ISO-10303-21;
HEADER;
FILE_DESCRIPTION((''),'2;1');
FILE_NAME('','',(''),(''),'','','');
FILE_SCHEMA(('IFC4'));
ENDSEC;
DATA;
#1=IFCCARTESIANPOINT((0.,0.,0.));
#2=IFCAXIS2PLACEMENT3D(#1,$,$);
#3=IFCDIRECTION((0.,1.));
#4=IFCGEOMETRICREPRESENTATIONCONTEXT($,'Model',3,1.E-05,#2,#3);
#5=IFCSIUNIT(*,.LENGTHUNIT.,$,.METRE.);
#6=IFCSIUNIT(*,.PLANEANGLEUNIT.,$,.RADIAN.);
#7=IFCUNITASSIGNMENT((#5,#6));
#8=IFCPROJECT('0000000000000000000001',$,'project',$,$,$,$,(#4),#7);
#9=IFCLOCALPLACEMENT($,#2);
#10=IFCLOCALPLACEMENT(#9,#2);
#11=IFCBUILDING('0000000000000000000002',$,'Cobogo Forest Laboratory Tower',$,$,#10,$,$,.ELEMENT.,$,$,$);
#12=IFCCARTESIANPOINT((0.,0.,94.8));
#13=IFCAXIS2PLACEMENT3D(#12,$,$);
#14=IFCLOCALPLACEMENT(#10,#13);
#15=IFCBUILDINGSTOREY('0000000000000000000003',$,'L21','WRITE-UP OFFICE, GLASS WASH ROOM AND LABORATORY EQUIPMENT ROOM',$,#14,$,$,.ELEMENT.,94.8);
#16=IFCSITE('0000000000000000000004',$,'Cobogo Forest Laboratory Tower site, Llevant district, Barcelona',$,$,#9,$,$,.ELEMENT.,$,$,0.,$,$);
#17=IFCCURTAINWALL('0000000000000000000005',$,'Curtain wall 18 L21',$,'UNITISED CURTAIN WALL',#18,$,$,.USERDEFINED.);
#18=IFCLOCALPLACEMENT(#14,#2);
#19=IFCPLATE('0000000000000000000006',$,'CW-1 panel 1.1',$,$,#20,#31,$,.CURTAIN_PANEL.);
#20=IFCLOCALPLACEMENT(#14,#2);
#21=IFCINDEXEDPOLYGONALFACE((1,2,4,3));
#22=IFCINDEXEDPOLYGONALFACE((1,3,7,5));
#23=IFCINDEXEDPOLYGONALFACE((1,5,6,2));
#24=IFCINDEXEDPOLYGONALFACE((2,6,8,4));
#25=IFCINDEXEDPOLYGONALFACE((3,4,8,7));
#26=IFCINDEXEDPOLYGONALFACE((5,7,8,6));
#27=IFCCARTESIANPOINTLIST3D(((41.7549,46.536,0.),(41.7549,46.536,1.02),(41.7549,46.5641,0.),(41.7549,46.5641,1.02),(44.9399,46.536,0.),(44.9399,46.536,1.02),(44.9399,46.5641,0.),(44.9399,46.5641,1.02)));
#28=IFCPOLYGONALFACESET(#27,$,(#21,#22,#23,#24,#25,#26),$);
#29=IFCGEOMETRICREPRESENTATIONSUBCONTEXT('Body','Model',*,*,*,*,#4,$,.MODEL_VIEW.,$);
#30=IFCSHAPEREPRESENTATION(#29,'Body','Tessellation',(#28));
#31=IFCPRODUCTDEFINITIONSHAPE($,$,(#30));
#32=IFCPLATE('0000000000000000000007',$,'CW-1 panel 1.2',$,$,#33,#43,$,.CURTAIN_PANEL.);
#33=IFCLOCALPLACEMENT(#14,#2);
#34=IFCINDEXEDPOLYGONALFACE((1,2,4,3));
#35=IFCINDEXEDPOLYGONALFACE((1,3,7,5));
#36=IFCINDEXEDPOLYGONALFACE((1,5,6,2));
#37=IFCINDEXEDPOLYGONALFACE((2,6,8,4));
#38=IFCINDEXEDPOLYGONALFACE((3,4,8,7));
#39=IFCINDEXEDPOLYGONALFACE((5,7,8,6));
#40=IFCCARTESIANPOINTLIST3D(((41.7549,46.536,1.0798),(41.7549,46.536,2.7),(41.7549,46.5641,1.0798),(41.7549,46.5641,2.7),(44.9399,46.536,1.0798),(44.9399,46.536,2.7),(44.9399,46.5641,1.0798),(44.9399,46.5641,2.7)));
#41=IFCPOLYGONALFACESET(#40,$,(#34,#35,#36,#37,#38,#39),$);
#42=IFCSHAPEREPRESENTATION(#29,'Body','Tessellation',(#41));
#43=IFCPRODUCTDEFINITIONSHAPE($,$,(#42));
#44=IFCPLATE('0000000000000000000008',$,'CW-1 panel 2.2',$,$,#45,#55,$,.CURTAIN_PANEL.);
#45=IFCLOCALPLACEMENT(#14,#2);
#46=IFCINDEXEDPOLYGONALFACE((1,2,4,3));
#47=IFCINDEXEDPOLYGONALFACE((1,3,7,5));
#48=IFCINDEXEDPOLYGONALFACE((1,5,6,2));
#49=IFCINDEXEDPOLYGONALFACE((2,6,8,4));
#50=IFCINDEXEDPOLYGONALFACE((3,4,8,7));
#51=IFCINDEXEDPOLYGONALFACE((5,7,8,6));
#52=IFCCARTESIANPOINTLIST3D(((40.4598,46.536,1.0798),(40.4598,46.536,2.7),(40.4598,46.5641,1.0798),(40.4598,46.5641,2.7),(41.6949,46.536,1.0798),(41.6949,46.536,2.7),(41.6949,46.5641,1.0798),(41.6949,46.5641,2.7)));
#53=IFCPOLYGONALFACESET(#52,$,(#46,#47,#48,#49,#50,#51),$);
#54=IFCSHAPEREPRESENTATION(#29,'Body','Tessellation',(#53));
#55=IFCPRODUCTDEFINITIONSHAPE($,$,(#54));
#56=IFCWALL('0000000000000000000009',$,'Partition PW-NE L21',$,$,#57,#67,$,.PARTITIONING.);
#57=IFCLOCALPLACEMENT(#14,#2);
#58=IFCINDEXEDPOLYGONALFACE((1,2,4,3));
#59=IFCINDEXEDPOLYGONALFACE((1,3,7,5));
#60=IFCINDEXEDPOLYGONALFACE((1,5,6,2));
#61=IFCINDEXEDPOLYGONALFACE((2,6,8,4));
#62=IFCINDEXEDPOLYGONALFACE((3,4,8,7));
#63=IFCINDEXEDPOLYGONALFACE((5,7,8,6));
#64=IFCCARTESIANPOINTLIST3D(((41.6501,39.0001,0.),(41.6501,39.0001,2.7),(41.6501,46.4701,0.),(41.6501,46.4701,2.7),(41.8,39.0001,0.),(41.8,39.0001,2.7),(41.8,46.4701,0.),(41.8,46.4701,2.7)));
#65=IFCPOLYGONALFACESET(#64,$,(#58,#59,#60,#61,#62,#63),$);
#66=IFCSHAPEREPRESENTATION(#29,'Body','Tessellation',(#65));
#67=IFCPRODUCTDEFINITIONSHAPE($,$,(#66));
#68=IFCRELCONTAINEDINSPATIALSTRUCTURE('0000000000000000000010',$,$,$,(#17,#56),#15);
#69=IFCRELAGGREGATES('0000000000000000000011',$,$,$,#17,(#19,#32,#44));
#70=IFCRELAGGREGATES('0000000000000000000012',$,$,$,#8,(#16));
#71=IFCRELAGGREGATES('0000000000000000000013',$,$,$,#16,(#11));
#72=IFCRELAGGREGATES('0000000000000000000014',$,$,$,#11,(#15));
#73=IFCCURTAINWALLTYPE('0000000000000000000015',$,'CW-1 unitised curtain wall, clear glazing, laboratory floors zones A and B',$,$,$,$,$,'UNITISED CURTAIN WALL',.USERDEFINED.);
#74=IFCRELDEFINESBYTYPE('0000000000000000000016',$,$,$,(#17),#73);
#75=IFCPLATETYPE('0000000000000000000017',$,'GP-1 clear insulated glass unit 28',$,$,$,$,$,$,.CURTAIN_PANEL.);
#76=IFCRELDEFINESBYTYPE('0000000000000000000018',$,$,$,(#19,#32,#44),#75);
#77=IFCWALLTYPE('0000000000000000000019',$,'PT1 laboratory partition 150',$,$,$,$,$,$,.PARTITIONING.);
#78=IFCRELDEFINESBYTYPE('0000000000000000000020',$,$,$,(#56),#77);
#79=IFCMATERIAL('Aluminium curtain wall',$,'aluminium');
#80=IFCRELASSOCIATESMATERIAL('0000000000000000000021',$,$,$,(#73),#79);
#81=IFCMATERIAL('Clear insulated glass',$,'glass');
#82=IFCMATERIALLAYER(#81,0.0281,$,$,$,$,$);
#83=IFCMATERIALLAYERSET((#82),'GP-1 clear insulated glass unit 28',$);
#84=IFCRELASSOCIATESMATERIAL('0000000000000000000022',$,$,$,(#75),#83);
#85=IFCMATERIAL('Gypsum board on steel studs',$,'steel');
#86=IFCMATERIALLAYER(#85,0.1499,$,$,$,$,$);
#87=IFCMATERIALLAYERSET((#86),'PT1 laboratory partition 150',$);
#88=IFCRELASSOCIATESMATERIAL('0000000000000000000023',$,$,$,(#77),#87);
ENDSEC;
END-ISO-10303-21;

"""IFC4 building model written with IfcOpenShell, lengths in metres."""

from ifc_helpers import new_model, si_unit, direction, frame, frame_2d, origin, origin_2d, place, context, subcontext, project, spatial, rectangle, extrude, material, layer, layer_set, type_object, element, aggregate, save


model = new_model("IFC4")

# Units and contexts
model_context = context("Model", 3, precision=1e-05, world=origin(), true_north=direction((0.0, 1.0)))
body_context = subcontext(model_context, "Body", "Model", "MODEL_VIEW")
ifc_project = project(units=[si_unit("LENGTHUNIT", "METRE"), si_unit("PLANEANGLEUNIT", "RADIAN")], contexts=[model_context])

# Site, building, storey
site_placement = place(None, origin())
site = spatial("IfcSite", under=ifc_project, at=site_placement, Name="Cobogo Forest Laboratory Tower site, Llevant district, Barcelona", CompositionType="ELEMENT", RefElevation=0.0)
building_placement = place(site_placement, origin())
building = spatial("IfcBuilding", under=site, at=building_placement, Name="Cobogo Forest Laboratory Tower", CompositionType="ELEMENT")
storey_placement = place(building_placement, frame((0.0, 0.0, 94.8)))
storey = spatial("IfcBuildingStorey", under=building, at=storey_placement, Name="L21", Description="WRITE-UP OFFICE, GLASS WASH ROOM AND LABORATORY EQUIPMENT ROOM", CompositionType="ELEMENT", Elevation=94.8)

# Curtain wall
ifc_material_1 = material(Name="Aluminium curtain wall", Category="aluminium")
curtain_wall_type = type_object("IfcCurtainWallType", Name="CW-1 unitised curtain wall, clear glazing, laboratory floors zones A and B", ElementType="UNITISED CURTAIN WALL", PredefinedType="USERDEFINED", material=ifc_material_1)
curtain_wall_1_placement = place(storey_placement, origin())
curtain_wall_1 = element("IfcCurtainWall", 1, at=curtain_wall_1_placement, inside=storey, type_object=curtain_wall_type, Name="Curtain wall 18 L21", ObjectType="UNITISED CURTAIN WALL", PredefinedType="USERDEFINED")

# Plates
ifc_material_2 = material(Name="Clear insulated glass", Category="glass")
ifc_layer_1 = layer(ifc_material_2, 0.0281)
ifc_layer_set_1 = layer_set([ifc_layer_1], Name="GP-1 clear insulated glass unit 28")
plate_type = type_object("IfcPlateType", Name="GP-1 clear insulated glass unit 28", PredefinedType="CURTAIN_PANEL", material=ifc_layer_set_1)
plate_1_placement = place(storey_placement, frame((43.3474, 46.55, 0.0), z_axis=(0.0, 0.0, 1.0), x_axis=(-1.0, 0.0, 0.0)))
plate_1 = element("IfcPlate", 2, at=plate_1_placement, type_object=plate_type, Name="CW-1 panel 1.1", PredefinedType="CURTAIN_PANEL", context=body_context, shape_type="SweptSolid", body=[
    extrude(rectangle(XDim=3.1851, YDim=0.0281, at=origin_2d()), origin(), (0.0, 0.0, 1.0), 1.02),
])
plate_2_placement = place(storey_placement, frame((43.3474, 46.55, 1.0798), z_axis=(0.0, 0.0, 1.0), x_axis=(-1.0, 0.0, 0.0)))
plate_2 = element("IfcPlate", 3, at=plate_2_placement, type_object=plate_type, Name="CW-1 panel 1.2", PredefinedType="CURTAIN_PANEL", context=body_context, shape_type="SweptSolid", body=[
    extrude(rectangle(XDim=3.1851, YDim=0.0281, at=origin_2d()), origin(), (0.0, 0.0, 1.0), 1.6201),
])
plate_3_placement = place(storey_placement, frame((41.0774, 46.55, 1.0798), z_axis=(0.0, 0.0, 1.0), x_axis=(-1.0, 0.0, 0.0)))
plate_3 = element("IfcPlate", 4, at=plate_3_placement, type_object=plate_type, Name="CW-1 panel 2.2", PredefinedType="CURTAIN_PANEL", context=body_context, shape_type="SweptSolid", body=[
    extrude(rectangle(XDim=1.2351, YDim=0.0281, at=origin_2d()), origin(), (0.0, 0.0, 1.0), 1.6201),
])
aggregate(curtain_wall_1, [plate_1, plate_2, plate_3])

# Wall
ifc_material_3 = material(Name="Gypsum board on steel studs", Category="steel")
ifc_layer_2 = layer(ifc_material_3, 0.1499)
ifc_layer_set_2 = layer_set([ifc_layer_2], Name="PT1 laboratory partition 150")
wall_type = type_object("IfcWallType", Name="PT1 laboratory partition 150", PredefinedType="PARTITIONING", material=ifc_layer_set_2)
wall_placement = place(storey_placement, frame((41.7251, 46.47, 0.0), z_axis=(0.0, 0.0, 1.0), x_axis=(0.0, -1.0, 0.0)))
element("IfcWall", 5, at=wall_placement, inside=storey, type_object=wall_type, Name="Partition PW-NE L21", PredefinedType="PARTITIONING", context=body_context, shape_type="SweptSolid", body=[
    extrude(rectangle(XDim=7.47, YDim=0.1499, at=frame_2d((3.7349, 0.0))), origin(), (0.0, 0.0, 1.0), 2.7),
])

save(model, "model.ifc")
